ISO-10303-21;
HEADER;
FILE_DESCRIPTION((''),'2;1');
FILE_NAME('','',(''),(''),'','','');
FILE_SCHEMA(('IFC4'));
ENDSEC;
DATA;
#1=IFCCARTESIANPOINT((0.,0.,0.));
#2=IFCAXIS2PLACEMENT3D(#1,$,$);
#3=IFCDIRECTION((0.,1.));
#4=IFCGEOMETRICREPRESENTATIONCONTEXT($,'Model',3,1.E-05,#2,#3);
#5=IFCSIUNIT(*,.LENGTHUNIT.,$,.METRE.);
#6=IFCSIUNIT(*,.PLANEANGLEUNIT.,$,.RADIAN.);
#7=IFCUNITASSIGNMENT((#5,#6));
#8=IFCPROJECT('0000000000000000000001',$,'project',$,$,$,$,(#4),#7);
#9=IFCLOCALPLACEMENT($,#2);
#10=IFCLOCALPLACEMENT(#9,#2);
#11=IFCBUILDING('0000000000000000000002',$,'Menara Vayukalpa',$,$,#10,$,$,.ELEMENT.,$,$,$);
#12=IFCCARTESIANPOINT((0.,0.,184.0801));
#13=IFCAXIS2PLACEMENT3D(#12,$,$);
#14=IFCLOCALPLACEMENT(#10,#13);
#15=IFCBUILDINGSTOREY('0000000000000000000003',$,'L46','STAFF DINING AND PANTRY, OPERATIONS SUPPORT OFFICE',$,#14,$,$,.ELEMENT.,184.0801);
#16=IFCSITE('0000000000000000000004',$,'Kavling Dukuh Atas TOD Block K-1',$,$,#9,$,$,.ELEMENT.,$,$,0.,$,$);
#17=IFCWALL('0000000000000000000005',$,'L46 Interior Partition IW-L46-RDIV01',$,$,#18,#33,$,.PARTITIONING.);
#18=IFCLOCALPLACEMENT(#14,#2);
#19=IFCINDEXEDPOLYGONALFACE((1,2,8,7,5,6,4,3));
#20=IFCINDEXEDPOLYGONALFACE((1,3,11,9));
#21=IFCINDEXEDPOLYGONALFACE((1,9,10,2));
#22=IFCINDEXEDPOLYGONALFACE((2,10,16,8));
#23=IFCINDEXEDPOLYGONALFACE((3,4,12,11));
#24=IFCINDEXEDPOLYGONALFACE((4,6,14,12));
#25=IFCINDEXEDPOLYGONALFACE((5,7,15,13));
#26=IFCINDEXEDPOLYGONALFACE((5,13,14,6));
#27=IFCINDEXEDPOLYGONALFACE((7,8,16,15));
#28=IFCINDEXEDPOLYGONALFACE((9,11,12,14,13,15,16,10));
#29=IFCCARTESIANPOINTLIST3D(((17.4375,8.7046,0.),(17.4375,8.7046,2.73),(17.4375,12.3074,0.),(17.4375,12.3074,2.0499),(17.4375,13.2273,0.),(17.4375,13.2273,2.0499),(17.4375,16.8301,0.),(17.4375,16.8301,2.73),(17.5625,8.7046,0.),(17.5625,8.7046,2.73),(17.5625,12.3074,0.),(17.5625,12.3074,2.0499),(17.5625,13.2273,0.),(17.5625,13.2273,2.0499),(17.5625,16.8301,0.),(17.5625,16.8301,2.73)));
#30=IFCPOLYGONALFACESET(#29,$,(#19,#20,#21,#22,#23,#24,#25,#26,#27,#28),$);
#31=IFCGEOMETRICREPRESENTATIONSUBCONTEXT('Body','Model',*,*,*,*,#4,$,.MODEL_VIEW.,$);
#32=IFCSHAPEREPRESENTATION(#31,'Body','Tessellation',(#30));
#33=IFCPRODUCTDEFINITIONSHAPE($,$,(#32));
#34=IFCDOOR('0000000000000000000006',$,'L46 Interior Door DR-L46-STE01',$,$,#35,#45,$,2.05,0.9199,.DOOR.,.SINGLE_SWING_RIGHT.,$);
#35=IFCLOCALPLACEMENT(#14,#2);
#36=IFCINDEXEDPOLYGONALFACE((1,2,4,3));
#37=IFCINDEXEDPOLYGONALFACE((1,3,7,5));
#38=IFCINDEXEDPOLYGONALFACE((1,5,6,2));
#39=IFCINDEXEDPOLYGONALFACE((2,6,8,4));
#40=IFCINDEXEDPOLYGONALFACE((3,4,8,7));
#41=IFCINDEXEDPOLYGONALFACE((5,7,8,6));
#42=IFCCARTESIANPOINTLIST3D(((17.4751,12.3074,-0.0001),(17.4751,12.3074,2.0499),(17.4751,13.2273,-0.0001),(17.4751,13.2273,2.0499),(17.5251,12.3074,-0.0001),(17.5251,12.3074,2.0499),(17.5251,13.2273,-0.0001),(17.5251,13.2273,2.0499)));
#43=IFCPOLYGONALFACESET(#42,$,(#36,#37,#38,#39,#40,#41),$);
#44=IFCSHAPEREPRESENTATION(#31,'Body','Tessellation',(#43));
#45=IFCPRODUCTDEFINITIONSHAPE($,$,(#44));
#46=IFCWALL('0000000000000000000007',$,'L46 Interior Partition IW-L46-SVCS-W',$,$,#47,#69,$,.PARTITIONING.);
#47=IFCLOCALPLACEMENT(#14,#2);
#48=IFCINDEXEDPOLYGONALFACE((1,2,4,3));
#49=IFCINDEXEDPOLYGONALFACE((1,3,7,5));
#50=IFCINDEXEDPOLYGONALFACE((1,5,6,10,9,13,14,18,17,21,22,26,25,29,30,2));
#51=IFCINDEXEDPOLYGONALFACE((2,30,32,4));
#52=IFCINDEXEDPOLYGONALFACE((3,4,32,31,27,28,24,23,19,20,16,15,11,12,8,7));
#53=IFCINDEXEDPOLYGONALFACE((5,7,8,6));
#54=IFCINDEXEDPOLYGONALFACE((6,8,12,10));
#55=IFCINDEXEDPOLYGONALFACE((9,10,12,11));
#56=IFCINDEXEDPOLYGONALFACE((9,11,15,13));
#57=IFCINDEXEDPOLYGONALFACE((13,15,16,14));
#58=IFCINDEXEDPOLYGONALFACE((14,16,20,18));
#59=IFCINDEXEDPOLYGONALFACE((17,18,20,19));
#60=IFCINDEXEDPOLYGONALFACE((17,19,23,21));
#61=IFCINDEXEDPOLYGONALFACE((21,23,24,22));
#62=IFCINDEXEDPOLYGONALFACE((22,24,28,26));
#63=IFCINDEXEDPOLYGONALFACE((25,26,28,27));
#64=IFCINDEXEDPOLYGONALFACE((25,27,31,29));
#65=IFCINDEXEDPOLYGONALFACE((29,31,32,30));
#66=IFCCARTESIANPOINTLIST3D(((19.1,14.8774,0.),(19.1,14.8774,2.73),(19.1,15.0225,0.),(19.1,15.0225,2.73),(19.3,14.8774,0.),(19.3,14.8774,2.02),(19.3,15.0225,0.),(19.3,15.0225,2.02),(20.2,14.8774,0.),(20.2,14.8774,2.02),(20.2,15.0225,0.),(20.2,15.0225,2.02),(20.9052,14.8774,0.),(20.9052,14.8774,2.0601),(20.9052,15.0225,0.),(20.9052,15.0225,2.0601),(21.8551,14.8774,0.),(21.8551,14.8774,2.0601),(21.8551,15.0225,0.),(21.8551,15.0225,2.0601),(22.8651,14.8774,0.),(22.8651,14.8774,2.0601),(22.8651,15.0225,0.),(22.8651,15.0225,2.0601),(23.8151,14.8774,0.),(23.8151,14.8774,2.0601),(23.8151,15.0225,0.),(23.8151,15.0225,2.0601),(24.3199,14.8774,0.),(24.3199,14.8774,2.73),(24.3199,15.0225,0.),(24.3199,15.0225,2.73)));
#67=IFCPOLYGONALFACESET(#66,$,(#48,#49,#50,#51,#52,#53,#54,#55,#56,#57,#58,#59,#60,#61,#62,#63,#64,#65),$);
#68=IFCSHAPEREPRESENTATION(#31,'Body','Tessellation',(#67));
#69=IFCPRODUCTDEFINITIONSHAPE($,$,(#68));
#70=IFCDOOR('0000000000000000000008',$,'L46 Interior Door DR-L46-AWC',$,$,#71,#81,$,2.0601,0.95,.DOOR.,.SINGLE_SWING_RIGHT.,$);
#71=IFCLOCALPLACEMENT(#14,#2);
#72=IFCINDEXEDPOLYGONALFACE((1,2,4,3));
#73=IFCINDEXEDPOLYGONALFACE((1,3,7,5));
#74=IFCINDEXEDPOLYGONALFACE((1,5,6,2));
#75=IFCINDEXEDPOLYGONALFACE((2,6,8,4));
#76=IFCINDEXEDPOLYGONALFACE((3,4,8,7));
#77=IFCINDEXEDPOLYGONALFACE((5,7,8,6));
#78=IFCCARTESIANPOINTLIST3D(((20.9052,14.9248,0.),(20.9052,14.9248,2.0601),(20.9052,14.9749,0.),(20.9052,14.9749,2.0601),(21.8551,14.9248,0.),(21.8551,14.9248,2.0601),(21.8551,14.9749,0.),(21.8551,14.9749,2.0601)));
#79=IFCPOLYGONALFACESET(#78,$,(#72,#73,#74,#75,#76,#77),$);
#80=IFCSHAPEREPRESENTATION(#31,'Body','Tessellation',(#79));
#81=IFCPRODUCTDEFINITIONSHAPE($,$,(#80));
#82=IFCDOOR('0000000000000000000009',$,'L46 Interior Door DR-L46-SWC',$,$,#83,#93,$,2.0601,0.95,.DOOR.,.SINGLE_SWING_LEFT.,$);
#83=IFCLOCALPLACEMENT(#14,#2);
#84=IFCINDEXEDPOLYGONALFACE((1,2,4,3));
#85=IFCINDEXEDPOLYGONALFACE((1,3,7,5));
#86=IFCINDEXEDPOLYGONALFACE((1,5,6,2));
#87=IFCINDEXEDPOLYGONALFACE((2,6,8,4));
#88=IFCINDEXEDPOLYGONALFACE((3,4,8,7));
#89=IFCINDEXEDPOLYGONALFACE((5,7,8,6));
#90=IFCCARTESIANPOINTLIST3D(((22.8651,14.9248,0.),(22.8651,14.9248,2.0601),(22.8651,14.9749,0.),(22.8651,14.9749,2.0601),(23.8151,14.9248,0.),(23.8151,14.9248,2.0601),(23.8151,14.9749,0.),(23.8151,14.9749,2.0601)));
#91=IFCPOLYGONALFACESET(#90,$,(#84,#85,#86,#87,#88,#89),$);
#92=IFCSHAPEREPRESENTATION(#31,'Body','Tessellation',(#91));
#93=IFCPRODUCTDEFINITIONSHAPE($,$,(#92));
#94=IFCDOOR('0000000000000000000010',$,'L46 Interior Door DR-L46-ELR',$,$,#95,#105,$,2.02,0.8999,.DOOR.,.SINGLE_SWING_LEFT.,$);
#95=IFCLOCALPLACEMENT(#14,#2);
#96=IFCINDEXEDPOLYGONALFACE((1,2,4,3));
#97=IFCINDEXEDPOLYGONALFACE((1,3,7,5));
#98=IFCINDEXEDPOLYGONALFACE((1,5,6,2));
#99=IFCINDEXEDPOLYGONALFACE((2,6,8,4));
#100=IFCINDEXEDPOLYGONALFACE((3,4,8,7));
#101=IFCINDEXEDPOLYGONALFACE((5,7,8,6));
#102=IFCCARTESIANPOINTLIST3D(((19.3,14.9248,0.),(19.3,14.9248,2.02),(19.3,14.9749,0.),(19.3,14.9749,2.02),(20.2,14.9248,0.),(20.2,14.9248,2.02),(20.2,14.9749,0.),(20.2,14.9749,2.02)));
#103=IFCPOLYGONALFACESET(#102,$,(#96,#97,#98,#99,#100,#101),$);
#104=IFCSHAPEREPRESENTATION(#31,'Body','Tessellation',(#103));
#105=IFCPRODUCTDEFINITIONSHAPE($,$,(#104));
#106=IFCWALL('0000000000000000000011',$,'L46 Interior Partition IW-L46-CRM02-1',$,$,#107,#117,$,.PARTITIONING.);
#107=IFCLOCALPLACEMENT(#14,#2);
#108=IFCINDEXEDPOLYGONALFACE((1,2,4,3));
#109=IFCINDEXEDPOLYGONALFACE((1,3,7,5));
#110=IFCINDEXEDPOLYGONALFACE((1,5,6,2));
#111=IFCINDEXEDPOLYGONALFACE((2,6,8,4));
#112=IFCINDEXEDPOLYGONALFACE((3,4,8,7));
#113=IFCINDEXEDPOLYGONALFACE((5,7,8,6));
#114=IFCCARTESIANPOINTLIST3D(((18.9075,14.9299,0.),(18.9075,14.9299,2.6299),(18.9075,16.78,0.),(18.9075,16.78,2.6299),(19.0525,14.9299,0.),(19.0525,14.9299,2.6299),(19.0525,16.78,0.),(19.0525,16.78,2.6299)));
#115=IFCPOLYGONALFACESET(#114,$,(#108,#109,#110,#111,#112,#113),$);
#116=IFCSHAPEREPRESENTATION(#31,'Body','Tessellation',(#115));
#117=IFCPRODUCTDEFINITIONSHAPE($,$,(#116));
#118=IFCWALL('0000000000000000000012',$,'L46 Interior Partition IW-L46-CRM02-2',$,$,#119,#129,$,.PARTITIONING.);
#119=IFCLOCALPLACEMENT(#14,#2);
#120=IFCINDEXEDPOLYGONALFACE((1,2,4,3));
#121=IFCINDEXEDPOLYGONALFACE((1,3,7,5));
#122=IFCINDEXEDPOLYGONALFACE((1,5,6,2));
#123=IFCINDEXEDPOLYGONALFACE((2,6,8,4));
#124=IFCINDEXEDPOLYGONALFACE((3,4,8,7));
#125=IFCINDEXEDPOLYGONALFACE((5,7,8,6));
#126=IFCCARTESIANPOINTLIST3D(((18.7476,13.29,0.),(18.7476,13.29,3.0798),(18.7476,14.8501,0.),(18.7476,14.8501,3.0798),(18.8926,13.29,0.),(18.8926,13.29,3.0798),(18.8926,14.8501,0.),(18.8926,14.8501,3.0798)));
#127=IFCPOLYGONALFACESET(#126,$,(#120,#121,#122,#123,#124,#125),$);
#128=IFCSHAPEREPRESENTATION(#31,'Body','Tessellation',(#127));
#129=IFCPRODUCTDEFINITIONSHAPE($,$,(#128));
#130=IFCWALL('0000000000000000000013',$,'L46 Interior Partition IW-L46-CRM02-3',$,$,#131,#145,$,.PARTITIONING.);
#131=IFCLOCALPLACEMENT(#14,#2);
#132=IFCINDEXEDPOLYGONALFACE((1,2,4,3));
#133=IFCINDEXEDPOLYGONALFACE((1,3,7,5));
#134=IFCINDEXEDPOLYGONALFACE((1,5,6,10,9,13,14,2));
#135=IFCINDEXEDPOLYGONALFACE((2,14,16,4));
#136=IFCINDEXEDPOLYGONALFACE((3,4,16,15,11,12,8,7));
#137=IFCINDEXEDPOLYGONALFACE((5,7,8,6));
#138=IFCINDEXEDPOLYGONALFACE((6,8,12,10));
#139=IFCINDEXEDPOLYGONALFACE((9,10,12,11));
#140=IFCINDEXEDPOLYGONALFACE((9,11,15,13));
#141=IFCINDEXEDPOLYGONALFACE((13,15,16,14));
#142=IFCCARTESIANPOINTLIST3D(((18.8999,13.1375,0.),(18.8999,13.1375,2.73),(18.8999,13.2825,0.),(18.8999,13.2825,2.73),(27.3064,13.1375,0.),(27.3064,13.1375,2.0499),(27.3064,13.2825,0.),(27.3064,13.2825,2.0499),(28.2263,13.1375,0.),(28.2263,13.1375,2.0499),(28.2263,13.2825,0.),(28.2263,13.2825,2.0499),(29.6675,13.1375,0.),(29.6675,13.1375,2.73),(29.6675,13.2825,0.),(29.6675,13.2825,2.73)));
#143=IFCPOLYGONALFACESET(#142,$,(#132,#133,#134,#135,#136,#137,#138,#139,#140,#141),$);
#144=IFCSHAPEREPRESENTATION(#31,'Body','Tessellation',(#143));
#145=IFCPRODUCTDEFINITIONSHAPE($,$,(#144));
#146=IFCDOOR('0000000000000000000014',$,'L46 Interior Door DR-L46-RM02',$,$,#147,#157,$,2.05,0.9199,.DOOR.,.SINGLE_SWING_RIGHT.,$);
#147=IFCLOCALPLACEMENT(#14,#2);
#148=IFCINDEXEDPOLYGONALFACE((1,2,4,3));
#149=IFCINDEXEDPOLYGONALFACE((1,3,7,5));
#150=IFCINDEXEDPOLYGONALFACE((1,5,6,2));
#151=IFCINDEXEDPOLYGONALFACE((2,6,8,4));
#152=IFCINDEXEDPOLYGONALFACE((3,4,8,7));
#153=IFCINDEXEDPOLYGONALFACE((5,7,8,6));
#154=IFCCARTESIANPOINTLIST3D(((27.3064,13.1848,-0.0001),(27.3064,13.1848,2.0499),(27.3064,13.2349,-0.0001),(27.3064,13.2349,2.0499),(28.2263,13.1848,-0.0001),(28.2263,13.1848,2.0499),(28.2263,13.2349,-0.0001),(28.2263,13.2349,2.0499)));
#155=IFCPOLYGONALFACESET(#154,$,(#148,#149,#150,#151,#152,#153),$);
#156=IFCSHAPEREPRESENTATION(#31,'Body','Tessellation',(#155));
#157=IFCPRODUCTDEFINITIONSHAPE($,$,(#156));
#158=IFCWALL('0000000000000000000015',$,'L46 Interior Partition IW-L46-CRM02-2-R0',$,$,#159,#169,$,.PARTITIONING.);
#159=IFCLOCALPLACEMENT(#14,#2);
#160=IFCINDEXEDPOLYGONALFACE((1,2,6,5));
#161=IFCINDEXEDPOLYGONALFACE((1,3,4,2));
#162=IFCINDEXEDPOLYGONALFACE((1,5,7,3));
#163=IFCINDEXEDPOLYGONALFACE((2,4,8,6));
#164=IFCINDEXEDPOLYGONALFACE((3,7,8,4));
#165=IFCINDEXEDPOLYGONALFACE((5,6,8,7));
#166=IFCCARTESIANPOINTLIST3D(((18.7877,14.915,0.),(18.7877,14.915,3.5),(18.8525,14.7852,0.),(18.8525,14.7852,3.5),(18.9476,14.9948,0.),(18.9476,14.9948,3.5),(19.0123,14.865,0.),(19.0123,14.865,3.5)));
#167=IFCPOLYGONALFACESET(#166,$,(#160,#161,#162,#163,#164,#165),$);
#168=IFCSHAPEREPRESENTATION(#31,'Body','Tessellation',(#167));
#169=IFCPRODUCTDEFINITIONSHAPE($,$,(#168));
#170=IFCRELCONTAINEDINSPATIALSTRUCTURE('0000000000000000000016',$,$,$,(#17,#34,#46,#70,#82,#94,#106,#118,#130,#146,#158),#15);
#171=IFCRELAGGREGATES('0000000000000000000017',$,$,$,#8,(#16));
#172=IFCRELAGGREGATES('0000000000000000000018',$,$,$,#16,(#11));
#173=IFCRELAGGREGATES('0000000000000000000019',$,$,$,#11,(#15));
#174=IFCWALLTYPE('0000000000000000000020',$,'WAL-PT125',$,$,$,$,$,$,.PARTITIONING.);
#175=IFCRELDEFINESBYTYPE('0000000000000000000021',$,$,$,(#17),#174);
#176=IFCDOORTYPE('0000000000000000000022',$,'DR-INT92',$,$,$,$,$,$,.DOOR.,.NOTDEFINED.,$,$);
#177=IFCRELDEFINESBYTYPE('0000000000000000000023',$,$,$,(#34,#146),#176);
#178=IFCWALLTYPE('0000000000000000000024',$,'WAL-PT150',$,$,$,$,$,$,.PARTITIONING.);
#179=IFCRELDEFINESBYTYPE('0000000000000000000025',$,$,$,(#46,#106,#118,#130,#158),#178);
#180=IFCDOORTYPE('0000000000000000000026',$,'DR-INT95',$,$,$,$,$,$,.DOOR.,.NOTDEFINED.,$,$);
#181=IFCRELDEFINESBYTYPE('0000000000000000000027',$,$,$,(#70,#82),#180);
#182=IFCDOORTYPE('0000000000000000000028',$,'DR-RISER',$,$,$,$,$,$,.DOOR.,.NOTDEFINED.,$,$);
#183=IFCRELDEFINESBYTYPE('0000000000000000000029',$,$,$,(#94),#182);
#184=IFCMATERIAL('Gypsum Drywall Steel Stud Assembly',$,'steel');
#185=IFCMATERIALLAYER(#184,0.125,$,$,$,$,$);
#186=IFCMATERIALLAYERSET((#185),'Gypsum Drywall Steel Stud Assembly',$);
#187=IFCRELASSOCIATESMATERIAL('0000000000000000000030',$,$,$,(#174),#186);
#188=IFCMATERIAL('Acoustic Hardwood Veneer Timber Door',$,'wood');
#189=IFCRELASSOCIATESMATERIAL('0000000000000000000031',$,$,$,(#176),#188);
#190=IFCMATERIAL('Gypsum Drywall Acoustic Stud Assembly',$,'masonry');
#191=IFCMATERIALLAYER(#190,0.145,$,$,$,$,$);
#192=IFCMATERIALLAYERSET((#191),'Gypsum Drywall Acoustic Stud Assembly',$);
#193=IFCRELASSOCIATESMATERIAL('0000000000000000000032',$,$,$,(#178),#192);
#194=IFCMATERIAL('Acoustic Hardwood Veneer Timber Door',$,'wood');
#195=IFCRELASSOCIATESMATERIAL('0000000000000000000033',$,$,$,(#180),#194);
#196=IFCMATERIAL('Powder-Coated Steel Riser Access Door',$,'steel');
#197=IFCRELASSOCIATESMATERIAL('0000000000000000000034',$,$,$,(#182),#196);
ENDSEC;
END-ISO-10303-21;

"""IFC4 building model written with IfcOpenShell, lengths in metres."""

from ifc_helpers import new_model, si_unit, direction, frame, frame_2d, origin, place, context, subcontext, project, spatial, rectangle, extrude, material, layer, layer_set, type_object, element, fill, save


model = new_model("IFC4")

# Units and contexts
model_context = context("Model", 3, precision=1e-05, world=origin(), true_north=direction((0.0, 1.0)))
body_context = subcontext(model_context, "Body", "Model", "MODEL_VIEW")
ifc_project = project(units=[si_unit("LENGTHUNIT", "METRE"), si_unit("PLANEANGLEUNIT", "RADIAN")], contexts=[model_context])

# Site, building, storey
site_placement = place(None, origin())
site = spatial("IfcSite", under=ifc_project, at=site_placement, Name="Kavling Dukuh Atas TOD Block K-1", CompositionType="ELEMENT", RefElevation=0.0)
building_placement = place(site_placement, origin())
building = spatial("IfcBuilding", under=site, at=building_placement, Name="Menara Vayukalpa", CompositionType="ELEMENT")
storey_placement = place(building_placement, frame((0.0, 0.0, 184.0801)))
storey = spatial("IfcBuildingStorey", under=building, at=storey_placement, Name="L46", Description="STAFF DINING AND PANTRY, OPERATIONS SUPPORT OFFICE", CompositionType="ELEMENT", Elevation=184.0801)

# Shared definitions
ifc_material_1 = material(Name="Gypsum Drywall Steel Stud Assembly", Category="steel")
ifc_layer_1 = layer(ifc_material_1, 0.125)
ifc_layer_set_1 = layer_set([ifc_layer_1], Name="Gypsum Drywall Steel Stud Assembly")
wall_type_1 = type_object("IfcWallType", Name="WAL-PT125", PredefinedType="PARTITIONING", material=ifc_layer_set_1)

# Wall, opening, door
wall_1_placement = place(storey_placement, frame((17.5, 8.7046, 0.0), z_axis=(0.0, 0.0, 1.0), x_axis=(0.0, 1.0, 0.0)))
wall_1 = element("IfcWall", 1, at=wall_1_placement, inside=storey, type_object=wall_type_1, Name="L46 Interior Partition IW-L46-RDIV01", PredefinedType="PARTITIONING", context=body_context, shape_type="SweptSolid", body=[
    extrude(rectangle(XDim=8.1255, YDim=0.125, at=frame_2d((4.0627, 0.0))), origin(), (0.0, 0.0, 1.0), 2.73),
])
opening_1_placement = place(wall_1_placement, frame((3.6028, 0.0, 0.0)))
opening_1 = element("IfcOpeningElement", 2, at=opening_1_placement, cuts=wall_1, PredefinedType="OPENING", context=body_context, shape_type="SweptSolid", body=[
    extrude(rectangle(XDim=0.9199, YDim=2.05, at=frame_2d((0.46, 1.0249))), frame((0.0, 0.0725, 0.0), z_axis=(0.0, -1.0, 0.0), x_axis=(1.0, 0.0, 0.0)), (0.0, 0.0, 1.0), 0.145),
])
ifc_material_2 = material(Name="Acoustic Hardwood Veneer Timber Door", Category="wood")
door_type_1 = type_object("IfcDoorType", Name="DR-INT92", OperationType="NOTDEFINED", PredefinedType="DOOR", material=ifc_material_2)
door_1_placement = place(opening_1_placement, origin())
door_1 = element("IfcDoor", 3, at=door_1_placement, inside=storey, type_object=door_type_1, Name="L46 Interior Door DR-L46-STE01", OperationType="SINGLE_SWING_RIGHT", OverallHeight=2.05, OverallWidth=0.9199, PredefinedType="DOOR", context=body_context, shape_type="SweptSolid", body=[
    extrude(rectangle(XDim=0.9199, YDim=2.05, at=frame_2d((0.46, 1.0249))), frame((0.0, 0.0249, 0.0), z_axis=(0.0, -1.0, 0.0), x_axis=(1.0, 0.0, 0.0)), (0.0, 0.0, 1.0), 0.05),
])
fill(opening_1, door_1)

# Wall, openings, doors
ifc_material_3 = material(Name="Gypsum Drywall Acoustic Stud Assembly", Category="masonry")
ifc_layer_2 = layer(ifc_material_3, 0.145)
ifc_layer_set_2 = layer_set([ifc_layer_2], Name="Gypsum Drywall Acoustic Stud Assembly")
wall_type_2 = type_object("IfcWallType", Name="WAL-PT150", PredefinedType="PARTITIONING", material=ifc_layer_set_2)
wall_2_placement = place(storey_placement, frame((19.1001, 14.95, 0.0), z_axis=(0.0, 0.0, 1.0), x_axis=(1.0, 0.0, 0.0)))
wall_2 = element("IfcWall", 4, at=wall_2_placement, inside=storey, type_object=wall_type_2, Name="L46 Interior Partition IW-L46-SVCS-W", PredefinedType="PARTITIONING", context=body_context, shape_type="SweptSolid", body=[
    extrude(rectangle(XDim=5.22, YDim=0.145, at=frame_2d((2.6099, 0.0))), origin(), (0.0, 0.0, 1.0), 2.73),
])
opening_2_placement = place(wall_2_placement, frame((0.2, 0.0, 0.0)))
opening_2 = element("IfcOpeningElement", 5, at=opening_2_placement, cuts=wall_2, PredefinedType="OPENING", context=body_context, shape_type="SweptSolid", body=[
    extrude(rectangle(XDim=0.8999, YDim=2.02, at=frame_2d((0.45, 1.01))), frame((0.0, 0.0825, 0.0), z_axis=(0.0, -1.0, 0.0), x_axis=(1.0, 0.0, 0.0)), (0.0, 0.0, 1.0), 0.165),
])
opening_3_placement = place(wall_2_placement, frame((1.8049, 0.0, 0.0)))
opening_3 = element("IfcOpeningElement", 6, at=opening_3_placement, cuts=wall_2, PredefinedType="OPENING", context=body_context, shape_type="SweptSolid", body=[
    extrude(rectangle(XDim=0.95, YDim=2.0601, at=frame_2d((0.4751, 1.03))), frame((0.0, 0.0825, 0.0), z_axis=(0.0, -1.0, 0.0), x_axis=(1.0, 0.0, 0.0)), (0.0, 0.0, 1.0), 0.165),
])
opening_4_placement = place(wall_2_placement, frame((3.7649, 0.0, 0.0)))
opening_4 = element("IfcOpeningElement", 7, at=opening_4_placement, cuts=wall_2, PredefinedType="OPENING", context=body_context, shape_type="SweptSolid", body=[
    extrude(rectangle(XDim=0.95, YDim=2.0601, at=frame_2d((0.4751, 1.03))), frame((0.0, 0.0825, 0.0), z_axis=(0.0, -1.0, 0.0), x_axis=(1.0, 0.0, 0.0)), (0.0, 0.0, 1.0), 0.165),
])
ifc_material_4 = material(Name="Acoustic Hardwood Veneer Timber Door", Category="wood")
door_type_2 = type_object("IfcDoorType", Name="DR-INT95", OperationType="NOTDEFINED", PredefinedType="DOOR", material=ifc_material_4)
door_2_placement = place(opening_3_placement, origin())
door_2 = element("IfcDoor", 8, at=door_2_placement, inside=storey, type_object=door_type_2, Name="L46 Interior Door DR-L46-AWC", OperationType="SINGLE_SWING_RIGHT", OverallHeight=2.0601, OverallWidth=0.95, PredefinedType="DOOR", context=body_context, shape_type="SweptSolid", body=[
    extrude(rectangle(XDim=0.95, YDim=2.0601, at=frame_2d((0.4751, 1.03))), frame((0.0, 0.0249, 0.0), z_axis=(0.0, -1.0, 0.0), x_axis=(1.0, 0.0, 0.0)), (0.0, 0.0, 1.0), 0.05),
])
fill(opening_3, door_2)
door_3_placement = place(opening_4_placement, origin())
door_3 = element("IfcDoor", 9, at=door_3_placement, inside=storey, type_object=door_type_2, Name="L46 Interior Door DR-L46-SWC", OperationType="SINGLE_SWING_LEFT", OverallHeight=2.0601, OverallWidth=0.95, PredefinedType="DOOR", context=body_context, shape_type="SweptSolid", body=[
    extrude(rectangle(XDim=0.95, YDim=2.0601, at=frame_2d((0.4751, 1.03))), frame((0.0, 0.0249, 0.0), z_axis=(0.0, -1.0, 0.0), x_axis=(1.0, 0.0, 0.0)), (0.0, 0.0, 1.0), 0.05),
])
fill(opening_4, door_3)
ifc_material_5 = material(Name="Powder-Coated Steel Riser Access Door", Category="steel")
door_type_3 = type_object("IfcDoorType", Name="DR-RISER", OperationType="NOTDEFINED", PredefinedType="DOOR", material=ifc_material_5)
door_4_placement = place(opening_2_placement, origin())
door_4 = element("IfcDoor", 10, at=door_4_placement, inside=storey, type_object=door_type_3, Name="L46 Interior Door DR-L46-ELR", OperationType="SINGLE_SWING_LEFT", OverallHeight=2.02, OverallWidth=0.8999, PredefinedType="DOOR", context=body_context, shape_type="SweptSolid", body=[
    extrude(rectangle(XDim=0.8999, YDim=2.02, at=frame_2d((0.45, 1.01))), frame((0.0, 0.0249, 0.0), z_axis=(0.0, -1.0, 0.0), x_axis=(1.0, 0.0, 0.0)), (0.0, 0.0, 1.0), 0.05),
])
fill(opening_2, door_4)

# Walls
wall_3_placement = place(storey_placement, frame((18.98, 16.78, 0.0), z_axis=(0.0, 0.0, 1.0), x_axis=(0.0, -1.0, 0.0)))
element("IfcWall", 11, at=wall_3_placement, inside=storey, type_object=wall_type_2, Name="L46 Interior Partition IW-L46-CRM02-1", PredefinedType="PARTITIONING", context=body_context, shape_type="SweptSolid", body=[
    extrude(rectangle(XDim=1.8501, YDim=0.145, at=frame_2d((0.925, 0.0))), origin(), (0.0, 0.0, 1.0), 2.6299),
])
wall_4_placement = place(storey_placement, frame((18.8201, 14.8501, 0.0), z_axis=(0.0, 0.0, 1.0), x_axis=(0.0, -1.0, 0.0)))
element("IfcWall", 12, at=wall_4_placement, inside=storey, type_object=wall_type_2, Name="L46 Interior Partition IW-L46-CRM02-2", PredefinedType="PARTITIONING", context=body_context, shape_type="SweptSolid", body=[
    extrude(rectangle(XDim=1.5601, YDim=0.145, at=frame_2d((0.78, 0.0))), origin(), (0.0, 0.0, 1.0), 3.0798),
])

# Wall, opening, door
wall_5_placement = place(storey_placement, frame((18.8999, 13.21, 0.0), z_axis=(0.0, 0.0, 1.0), x_axis=(1.0, 0.0, 0.0)))
wall_5 = element("IfcWall", 13, at=wall_5_placement, inside=storey, type_object=wall_type_2, Name="L46 Interior Partition IW-L46-CRM02-3", PredefinedType="PARTITIONING", context=body_context, shape_type="SweptSolid", body=[
    extrude(rectangle(XDim=10.7676, YDim=0.145, at=frame_2d((5.3838, 0.0))), origin(), (0.0, 0.0, 1.0), 2.73),
])
opening_5_placement = place(wall_5_placement, frame((8.4065, 0.0, 0.0)))
opening_5 = element("IfcOpeningElement", 14, at=opening_5_placement, cuts=wall_5, PredefinedType="OPENING", context=body_context, shape_type="SweptSolid", body=[
    extrude(rectangle(XDim=0.9199, YDim=2.05, at=frame_2d((0.46, 1.0249))), frame((0.0, 0.0825, 0.0), z_axis=(0.0, -1.0, 0.0), x_axis=(1.0, 0.0, 0.0)), (0.0, 0.0, 1.0), 0.165),
])
door_5_placement = place(opening_5_placement, origin())
door_5 = element("IfcDoor", 15, at=door_5_placement, inside=storey, type_object=door_type_1, Name="L46 Interior Door DR-L46-RM02", OperationType="SINGLE_SWING_RIGHT", OverallHeight=2.05, OverallWidth=0.9199, PredefinedType="DOOR", context=body_context, shape_type="SweptSolid", body=[
    extrude(rectangle(XDim=0.9199, YDim=2.05, at=frame_2d((0.46, 1.0249))), frame((0.0, 0.0249, 0.0), z_axis=(0.0, -1.0, 0.0), x_axis=(1.0, 0.0, 0.0)), (0.0, 0.0, 1.0), 0.05),
])
fill(opening_5, door_5)

# Wall
wall_6_placement = place(storey_placement, frame((18.8201, 14.8501, 0.0), z_axis=(0.0, 0.0, 1.0), x_axis=(0.8947, 0.446667, 0.0)))
element("IfcWall", 16, at=wall_6_placement, inside=storey, type_object=wall_type_2, Name="L46 Interior Partition IW-L46-CRM02-2-R0", PredefinedType="PARTITIONING", context=body_context, shape_type="SweptSolid", body=[
    extrude(rectangle(XDim=0.1787, YDim=0.145, at=frame_2d((0.0894, 0.0))), origin(), (0.0, 0.0, 1.0), 3.5),
])

save(model, "model.ifc")
